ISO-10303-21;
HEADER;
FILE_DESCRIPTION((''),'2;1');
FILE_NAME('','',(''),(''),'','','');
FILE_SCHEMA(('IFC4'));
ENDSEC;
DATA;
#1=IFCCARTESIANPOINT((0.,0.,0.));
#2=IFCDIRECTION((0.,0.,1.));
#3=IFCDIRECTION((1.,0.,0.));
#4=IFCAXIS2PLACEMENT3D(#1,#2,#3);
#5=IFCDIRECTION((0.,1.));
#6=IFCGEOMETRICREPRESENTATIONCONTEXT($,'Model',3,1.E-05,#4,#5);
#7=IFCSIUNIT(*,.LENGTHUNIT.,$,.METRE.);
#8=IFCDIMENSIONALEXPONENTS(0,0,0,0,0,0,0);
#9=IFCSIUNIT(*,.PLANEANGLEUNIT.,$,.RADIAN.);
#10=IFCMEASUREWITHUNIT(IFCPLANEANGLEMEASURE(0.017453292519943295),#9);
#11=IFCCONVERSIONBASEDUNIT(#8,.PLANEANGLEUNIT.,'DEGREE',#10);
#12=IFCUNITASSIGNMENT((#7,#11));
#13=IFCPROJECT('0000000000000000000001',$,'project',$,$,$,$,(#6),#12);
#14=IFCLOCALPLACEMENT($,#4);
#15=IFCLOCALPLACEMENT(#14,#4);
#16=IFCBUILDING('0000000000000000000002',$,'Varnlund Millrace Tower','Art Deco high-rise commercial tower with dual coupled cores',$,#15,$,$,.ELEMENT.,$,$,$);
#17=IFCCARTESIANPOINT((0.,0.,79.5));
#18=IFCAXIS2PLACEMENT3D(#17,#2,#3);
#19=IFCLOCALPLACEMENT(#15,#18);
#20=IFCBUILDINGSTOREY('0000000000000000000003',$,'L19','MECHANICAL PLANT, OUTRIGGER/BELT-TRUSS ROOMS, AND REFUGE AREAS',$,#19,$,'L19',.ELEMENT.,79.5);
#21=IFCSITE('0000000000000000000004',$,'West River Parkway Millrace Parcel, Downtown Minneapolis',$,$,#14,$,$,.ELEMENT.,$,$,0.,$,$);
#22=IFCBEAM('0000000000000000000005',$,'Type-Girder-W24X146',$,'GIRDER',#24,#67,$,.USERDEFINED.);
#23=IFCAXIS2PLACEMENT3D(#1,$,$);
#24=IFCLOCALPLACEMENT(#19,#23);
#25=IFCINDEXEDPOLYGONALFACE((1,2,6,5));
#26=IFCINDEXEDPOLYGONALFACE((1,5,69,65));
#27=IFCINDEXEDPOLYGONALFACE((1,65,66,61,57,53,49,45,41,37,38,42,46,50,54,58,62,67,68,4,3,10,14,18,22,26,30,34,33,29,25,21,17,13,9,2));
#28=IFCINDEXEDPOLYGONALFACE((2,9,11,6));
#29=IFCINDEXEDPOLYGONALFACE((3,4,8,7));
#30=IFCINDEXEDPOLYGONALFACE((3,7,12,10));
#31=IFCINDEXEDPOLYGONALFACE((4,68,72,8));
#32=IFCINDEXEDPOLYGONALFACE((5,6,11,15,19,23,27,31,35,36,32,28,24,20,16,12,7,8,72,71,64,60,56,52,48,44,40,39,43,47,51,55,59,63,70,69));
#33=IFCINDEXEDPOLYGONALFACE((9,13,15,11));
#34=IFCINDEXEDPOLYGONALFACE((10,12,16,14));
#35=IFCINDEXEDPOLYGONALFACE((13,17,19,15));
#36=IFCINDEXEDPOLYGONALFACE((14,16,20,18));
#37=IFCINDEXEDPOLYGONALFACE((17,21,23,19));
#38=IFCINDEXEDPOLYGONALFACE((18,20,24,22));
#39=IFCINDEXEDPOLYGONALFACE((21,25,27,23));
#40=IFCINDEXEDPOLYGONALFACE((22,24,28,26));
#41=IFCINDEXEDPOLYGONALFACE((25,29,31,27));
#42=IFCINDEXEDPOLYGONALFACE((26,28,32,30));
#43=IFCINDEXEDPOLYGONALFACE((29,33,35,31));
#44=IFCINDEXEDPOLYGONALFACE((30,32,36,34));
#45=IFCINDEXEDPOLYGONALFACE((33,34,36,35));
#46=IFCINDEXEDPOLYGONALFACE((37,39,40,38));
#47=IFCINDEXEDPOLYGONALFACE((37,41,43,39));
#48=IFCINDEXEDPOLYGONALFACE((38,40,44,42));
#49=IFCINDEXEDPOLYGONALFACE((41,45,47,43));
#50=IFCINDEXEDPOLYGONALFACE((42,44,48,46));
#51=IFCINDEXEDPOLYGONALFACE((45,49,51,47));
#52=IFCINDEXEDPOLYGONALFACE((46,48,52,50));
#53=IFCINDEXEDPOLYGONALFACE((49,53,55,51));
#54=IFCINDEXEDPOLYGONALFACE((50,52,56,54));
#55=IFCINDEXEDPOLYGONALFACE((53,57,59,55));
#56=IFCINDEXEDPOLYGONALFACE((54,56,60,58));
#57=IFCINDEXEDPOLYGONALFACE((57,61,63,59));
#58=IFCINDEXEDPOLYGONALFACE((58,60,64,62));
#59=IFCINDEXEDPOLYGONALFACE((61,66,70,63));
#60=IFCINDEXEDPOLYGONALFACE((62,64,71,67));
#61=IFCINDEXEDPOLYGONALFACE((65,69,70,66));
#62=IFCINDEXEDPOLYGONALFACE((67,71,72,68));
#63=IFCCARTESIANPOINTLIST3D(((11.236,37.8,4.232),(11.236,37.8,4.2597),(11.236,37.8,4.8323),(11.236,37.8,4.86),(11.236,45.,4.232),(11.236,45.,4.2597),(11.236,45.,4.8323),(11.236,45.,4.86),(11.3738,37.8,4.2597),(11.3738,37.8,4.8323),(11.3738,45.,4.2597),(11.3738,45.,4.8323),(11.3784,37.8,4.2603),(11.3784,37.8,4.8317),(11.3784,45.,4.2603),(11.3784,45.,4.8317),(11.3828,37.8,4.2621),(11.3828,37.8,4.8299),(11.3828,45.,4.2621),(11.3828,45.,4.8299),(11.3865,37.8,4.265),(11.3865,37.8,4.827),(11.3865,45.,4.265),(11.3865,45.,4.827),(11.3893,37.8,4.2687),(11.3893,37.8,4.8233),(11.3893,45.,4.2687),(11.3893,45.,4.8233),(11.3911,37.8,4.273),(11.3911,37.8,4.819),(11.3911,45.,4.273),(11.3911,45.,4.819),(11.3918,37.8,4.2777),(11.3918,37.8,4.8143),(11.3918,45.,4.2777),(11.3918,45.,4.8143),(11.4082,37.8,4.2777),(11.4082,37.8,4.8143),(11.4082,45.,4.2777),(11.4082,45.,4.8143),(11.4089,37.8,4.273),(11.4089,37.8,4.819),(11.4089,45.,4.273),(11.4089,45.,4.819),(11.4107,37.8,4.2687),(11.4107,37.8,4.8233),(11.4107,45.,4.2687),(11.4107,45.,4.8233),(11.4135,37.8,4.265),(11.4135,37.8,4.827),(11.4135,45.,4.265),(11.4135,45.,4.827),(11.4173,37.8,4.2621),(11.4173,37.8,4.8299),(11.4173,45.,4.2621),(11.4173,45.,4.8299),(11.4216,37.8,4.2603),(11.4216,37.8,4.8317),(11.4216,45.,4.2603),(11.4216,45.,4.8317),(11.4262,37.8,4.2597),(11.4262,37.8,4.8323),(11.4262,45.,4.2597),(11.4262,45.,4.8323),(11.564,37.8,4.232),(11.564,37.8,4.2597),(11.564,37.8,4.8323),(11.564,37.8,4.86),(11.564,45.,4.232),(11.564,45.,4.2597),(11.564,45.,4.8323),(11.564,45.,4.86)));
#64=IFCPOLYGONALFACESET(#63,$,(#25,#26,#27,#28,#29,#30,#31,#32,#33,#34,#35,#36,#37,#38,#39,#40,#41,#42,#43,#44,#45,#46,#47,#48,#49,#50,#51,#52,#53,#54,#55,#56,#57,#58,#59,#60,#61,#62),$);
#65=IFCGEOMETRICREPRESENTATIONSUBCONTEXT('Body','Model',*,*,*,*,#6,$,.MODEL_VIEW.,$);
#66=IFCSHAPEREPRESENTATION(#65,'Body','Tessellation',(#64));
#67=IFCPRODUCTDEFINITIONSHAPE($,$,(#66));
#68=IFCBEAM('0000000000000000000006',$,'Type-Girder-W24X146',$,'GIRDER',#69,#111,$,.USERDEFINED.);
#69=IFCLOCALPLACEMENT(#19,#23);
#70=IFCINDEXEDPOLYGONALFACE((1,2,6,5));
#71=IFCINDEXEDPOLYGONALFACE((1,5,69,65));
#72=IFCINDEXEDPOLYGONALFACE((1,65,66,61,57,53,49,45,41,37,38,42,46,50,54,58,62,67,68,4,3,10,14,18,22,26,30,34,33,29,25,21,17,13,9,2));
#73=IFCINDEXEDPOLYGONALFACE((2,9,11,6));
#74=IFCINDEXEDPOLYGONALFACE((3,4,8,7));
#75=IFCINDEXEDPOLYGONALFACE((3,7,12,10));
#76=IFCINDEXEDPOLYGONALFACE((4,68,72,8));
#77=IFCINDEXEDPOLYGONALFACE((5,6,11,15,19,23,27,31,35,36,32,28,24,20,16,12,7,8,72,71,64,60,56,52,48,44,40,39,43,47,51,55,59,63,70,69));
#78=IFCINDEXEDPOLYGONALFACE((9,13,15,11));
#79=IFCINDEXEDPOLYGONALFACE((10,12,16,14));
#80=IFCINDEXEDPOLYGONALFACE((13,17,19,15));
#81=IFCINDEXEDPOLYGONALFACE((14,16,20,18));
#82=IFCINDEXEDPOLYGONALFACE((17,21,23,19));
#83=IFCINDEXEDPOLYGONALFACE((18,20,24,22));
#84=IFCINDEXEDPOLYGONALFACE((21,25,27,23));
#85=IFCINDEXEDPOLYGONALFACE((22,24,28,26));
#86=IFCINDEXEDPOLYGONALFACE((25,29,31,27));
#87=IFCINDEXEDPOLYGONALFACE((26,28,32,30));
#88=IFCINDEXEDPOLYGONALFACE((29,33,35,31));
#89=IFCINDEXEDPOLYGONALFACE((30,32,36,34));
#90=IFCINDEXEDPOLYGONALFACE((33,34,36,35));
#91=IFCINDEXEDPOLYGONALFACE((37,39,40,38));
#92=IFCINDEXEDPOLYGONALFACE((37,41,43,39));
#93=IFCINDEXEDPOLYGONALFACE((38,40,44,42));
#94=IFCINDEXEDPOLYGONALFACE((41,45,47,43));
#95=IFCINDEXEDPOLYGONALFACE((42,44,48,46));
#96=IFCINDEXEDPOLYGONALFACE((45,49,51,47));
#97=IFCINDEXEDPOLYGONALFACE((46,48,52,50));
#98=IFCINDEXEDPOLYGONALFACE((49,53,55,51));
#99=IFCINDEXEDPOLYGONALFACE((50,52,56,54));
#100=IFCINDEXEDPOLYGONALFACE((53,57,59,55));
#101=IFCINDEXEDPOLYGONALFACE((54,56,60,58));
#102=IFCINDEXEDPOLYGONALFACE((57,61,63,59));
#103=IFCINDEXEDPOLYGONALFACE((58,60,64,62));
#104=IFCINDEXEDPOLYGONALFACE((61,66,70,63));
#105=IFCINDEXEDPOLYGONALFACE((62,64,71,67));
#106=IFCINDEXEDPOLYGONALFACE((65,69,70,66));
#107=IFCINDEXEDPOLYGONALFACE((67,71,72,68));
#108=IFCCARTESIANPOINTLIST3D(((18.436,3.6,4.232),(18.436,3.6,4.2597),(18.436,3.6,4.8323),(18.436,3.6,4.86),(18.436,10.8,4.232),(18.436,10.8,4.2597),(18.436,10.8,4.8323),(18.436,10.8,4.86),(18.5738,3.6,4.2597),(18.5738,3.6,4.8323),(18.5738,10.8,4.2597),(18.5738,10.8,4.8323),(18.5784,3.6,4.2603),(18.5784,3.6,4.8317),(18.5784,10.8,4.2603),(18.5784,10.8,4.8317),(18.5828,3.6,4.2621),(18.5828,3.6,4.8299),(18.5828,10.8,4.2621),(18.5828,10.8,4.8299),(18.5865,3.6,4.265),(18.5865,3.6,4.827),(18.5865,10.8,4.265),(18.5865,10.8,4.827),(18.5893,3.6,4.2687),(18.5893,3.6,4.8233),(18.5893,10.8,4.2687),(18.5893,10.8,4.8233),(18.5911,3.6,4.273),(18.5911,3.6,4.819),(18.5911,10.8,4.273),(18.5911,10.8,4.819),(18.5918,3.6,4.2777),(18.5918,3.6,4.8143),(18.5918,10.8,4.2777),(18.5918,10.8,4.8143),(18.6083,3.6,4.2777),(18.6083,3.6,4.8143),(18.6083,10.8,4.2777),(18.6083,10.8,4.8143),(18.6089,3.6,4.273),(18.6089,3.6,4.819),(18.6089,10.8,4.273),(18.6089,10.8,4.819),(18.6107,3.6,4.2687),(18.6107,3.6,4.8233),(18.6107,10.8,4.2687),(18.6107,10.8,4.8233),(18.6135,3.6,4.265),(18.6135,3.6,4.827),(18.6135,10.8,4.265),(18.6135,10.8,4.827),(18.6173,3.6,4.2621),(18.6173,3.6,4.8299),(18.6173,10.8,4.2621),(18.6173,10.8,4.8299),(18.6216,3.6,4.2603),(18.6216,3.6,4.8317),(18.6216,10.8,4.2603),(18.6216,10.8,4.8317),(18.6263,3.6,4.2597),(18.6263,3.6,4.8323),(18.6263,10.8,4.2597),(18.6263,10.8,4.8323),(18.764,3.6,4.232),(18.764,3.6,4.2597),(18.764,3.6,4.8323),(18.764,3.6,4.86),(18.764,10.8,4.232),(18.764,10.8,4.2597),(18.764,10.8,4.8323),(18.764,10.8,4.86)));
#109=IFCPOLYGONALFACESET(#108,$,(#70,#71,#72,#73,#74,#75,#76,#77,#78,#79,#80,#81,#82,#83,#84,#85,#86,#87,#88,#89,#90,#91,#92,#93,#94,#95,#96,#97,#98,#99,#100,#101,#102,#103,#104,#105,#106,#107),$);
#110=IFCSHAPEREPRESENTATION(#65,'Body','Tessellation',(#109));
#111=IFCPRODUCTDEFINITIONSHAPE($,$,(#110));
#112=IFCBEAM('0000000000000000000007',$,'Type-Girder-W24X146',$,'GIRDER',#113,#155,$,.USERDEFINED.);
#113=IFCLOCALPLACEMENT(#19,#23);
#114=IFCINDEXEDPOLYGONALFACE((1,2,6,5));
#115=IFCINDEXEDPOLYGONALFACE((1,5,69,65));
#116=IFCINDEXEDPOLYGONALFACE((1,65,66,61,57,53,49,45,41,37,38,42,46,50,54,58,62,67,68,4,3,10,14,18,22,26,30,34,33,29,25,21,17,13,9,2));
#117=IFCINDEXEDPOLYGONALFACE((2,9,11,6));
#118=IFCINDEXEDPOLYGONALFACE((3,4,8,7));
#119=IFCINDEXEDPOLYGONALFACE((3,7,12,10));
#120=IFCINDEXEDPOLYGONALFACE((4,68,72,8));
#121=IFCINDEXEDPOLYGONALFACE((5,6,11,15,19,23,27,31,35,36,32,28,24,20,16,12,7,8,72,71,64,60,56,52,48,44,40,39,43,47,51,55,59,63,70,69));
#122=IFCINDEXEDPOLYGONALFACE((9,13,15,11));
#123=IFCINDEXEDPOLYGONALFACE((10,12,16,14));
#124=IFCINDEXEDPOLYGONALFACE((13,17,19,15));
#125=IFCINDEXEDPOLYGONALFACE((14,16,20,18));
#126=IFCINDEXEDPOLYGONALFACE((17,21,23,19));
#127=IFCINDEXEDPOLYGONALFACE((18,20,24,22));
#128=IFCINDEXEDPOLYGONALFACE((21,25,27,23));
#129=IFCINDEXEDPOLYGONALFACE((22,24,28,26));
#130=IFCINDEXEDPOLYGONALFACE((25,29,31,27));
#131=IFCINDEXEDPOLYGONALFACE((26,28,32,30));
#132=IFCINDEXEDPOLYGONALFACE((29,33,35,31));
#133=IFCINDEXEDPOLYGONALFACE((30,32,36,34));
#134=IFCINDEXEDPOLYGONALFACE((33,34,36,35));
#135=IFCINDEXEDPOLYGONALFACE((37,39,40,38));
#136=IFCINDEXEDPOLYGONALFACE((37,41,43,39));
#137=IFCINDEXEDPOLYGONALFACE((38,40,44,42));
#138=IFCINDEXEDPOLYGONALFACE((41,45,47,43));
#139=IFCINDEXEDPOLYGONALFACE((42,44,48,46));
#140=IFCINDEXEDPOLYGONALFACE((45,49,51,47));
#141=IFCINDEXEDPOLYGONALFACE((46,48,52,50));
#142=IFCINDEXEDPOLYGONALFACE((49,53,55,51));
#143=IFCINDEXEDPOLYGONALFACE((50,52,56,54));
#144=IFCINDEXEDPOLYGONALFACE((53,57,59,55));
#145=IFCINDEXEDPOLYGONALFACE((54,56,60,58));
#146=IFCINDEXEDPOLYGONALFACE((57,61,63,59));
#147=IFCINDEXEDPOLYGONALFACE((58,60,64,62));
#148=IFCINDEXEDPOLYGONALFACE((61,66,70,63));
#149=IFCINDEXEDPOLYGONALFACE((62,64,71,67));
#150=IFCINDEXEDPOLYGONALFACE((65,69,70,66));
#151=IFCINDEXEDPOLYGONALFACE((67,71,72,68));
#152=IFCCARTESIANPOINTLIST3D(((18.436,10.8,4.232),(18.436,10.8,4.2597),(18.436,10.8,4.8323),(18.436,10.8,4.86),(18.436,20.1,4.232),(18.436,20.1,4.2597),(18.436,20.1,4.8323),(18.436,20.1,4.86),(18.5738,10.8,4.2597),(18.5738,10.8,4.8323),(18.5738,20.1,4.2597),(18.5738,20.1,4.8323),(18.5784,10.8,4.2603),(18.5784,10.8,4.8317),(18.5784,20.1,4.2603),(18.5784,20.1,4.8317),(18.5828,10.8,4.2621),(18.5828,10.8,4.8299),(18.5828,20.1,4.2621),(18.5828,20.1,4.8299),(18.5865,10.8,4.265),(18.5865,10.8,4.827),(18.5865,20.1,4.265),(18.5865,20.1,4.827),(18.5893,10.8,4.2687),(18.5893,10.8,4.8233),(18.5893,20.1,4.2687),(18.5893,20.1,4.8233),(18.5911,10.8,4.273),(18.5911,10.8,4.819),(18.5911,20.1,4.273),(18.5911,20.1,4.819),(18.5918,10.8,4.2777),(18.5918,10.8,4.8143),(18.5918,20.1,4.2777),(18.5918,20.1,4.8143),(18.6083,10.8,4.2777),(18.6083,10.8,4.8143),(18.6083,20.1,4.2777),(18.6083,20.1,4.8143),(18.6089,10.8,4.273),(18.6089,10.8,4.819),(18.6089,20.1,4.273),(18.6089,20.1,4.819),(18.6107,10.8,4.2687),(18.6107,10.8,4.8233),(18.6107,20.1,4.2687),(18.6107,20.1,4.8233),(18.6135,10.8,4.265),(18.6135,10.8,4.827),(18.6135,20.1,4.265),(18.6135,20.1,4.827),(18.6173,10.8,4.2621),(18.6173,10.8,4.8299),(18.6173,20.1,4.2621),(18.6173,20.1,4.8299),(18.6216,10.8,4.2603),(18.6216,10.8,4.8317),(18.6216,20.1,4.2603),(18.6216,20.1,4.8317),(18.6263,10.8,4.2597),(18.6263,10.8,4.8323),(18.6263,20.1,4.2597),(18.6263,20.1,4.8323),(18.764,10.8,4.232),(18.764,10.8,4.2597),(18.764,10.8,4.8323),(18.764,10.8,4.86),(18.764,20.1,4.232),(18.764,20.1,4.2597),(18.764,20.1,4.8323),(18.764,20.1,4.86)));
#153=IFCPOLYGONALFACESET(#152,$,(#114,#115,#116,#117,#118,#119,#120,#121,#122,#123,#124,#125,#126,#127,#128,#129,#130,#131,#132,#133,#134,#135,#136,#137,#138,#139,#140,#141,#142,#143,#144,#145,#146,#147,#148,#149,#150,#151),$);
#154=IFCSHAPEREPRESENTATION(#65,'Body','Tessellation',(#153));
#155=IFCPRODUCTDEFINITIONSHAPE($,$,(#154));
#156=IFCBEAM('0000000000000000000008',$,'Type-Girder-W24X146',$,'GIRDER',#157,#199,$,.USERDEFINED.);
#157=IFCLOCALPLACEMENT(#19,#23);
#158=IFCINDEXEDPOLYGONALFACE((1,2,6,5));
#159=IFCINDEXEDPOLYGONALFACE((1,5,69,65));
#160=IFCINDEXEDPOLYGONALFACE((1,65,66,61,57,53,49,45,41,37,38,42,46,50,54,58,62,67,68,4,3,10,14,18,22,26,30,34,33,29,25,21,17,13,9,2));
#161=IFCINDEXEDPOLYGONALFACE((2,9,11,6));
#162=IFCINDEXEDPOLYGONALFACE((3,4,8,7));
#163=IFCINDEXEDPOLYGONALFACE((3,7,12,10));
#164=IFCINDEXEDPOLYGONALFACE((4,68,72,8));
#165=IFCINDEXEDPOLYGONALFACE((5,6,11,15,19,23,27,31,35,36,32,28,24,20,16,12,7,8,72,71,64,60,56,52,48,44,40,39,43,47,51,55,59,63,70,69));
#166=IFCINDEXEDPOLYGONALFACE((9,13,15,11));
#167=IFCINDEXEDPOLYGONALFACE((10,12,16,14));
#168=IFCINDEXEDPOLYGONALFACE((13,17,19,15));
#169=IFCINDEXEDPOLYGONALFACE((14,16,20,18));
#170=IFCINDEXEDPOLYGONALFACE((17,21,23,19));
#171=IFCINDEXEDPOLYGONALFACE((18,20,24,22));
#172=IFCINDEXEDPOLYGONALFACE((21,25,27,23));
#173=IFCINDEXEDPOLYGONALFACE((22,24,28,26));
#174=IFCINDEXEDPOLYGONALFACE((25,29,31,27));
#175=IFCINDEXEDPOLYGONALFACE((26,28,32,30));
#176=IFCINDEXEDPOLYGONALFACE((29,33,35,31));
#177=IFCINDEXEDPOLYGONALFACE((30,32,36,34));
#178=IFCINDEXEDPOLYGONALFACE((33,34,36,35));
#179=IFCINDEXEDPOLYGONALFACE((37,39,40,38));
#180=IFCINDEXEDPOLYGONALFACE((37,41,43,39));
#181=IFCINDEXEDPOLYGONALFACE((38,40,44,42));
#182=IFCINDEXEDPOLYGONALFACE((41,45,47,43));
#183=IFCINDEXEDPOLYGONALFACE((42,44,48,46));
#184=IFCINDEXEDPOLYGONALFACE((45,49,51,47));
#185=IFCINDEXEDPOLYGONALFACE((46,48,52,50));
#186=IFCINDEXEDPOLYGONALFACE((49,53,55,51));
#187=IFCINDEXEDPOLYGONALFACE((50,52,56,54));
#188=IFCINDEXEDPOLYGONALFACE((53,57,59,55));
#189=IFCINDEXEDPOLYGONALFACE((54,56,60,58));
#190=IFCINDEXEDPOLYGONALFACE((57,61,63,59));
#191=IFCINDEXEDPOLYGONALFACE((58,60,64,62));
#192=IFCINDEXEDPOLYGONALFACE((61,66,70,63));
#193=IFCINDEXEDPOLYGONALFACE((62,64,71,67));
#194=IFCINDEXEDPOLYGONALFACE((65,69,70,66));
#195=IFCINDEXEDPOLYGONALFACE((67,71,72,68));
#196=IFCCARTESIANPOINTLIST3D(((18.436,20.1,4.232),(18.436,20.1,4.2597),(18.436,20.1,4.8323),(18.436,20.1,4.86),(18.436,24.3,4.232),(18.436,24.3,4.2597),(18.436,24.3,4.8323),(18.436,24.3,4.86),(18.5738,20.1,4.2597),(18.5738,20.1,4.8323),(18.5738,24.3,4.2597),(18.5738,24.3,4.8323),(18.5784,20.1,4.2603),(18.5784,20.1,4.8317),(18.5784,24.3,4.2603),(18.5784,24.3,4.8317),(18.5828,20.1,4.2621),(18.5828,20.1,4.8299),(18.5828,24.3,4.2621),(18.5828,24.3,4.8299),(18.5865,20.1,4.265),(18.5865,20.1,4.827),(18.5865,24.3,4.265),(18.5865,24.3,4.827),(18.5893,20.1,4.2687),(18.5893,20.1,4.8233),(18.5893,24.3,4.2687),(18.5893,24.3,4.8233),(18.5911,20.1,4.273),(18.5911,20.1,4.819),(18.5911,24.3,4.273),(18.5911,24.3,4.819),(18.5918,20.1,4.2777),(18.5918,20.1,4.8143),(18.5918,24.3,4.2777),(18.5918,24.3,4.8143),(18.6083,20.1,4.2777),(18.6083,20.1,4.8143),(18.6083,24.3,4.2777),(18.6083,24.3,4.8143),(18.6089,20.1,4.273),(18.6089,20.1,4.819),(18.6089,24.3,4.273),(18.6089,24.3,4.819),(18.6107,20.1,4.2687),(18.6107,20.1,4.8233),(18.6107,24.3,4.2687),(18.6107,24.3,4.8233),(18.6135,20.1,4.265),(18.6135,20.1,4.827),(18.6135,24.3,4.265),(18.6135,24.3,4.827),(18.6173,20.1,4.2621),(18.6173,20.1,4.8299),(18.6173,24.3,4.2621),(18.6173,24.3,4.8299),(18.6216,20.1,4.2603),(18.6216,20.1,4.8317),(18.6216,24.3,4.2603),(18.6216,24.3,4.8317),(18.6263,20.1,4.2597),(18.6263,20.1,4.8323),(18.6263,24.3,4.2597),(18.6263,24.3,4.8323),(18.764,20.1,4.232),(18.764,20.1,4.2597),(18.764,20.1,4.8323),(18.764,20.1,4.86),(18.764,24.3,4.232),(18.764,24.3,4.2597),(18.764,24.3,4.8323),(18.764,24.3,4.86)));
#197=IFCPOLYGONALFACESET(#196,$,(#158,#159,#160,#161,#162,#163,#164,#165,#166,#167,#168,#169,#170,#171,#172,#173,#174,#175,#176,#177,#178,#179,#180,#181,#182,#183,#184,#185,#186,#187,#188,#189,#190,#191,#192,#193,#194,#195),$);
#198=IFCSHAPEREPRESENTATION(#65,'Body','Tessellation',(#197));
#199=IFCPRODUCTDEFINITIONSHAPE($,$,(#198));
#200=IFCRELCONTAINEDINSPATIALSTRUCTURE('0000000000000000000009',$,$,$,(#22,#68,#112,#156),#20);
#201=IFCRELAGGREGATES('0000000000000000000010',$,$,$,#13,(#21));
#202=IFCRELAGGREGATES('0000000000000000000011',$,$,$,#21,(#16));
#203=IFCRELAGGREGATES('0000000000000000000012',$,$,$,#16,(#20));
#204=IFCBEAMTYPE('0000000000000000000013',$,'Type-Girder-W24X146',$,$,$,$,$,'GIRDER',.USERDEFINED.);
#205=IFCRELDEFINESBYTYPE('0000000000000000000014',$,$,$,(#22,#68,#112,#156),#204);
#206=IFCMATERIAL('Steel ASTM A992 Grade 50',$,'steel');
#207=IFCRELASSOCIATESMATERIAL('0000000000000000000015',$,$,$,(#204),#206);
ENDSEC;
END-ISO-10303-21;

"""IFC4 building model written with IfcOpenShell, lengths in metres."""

from ifc_helpers import new_model, entity, si_unit, converted_unit, direction, frame, origin_with_axes, origin_2d_with_axis, place, context, subcontext, project, spatial, i_section, extrude, material, material_profile, profile_set, type_object, element, save


model = new_model("IFC4")

# Units and contexts
model_context = context("Model", 3, precision=1e-05, world=origin_with_axes(), true_north=direction((0.0, 1.0)))
body_context = subcontext(model_context, "Body", "Model", "MODEL_VIEW")
ifc_project = project(units=[si_unit("LENGTHUNIT", "METRE"), converted_unit("PLANEANGLEUNIT", "DEGREE", entity("IfcPlaneAngleMeasure", 0.017453292519943295), si_unit("PLANEANGLEUNIT", "RADIAN"), dimensions=[0, 0, 0, 0, 0, 0, 0])], contexts=[model_context])

# Site, building, storey
site_placement = place(None, origin_with_axes())
site = spatial("IfcSite", under=ifc_project, at=site_placement, Name="West River Parkway Millrace Parcel, Downtown Minneapolis", CompositionType="ELEMENT", RefElevation=0.0)
building_placement = place(site_placement, origin_with_axes())
building = spatial("IfcBuilding", under=site, at=building_placement, Name="Varnlund Millrace Tower", Description="Art Deco high-rise commercial tower with dual coupled cores", CompositionType="ELEMENT")
storey_placement = place(building_placement, frame((0.0, 0.0, 79.5), z_axis=(0.0, 0.0, 1.0), x_axis=(1.0, 0.0, 0.0)))
storey = spatial("IfcBuildingStorey", under=building, at=storey_placement, Name="L19", Description="MECHANICAL PLANT, OUTRIGGER/BELT-TRUSS ROOMS, AND REFUGE AREAS", LongName="L19", CompositionType="ELEMENT", Elevation=79.5)

# Beams
ifc_material_1 = material(Name="Steel ASTM A992 Grade 50", Category="steel")
ifc_material_profile_1 = material_profile(ifc_material_1, i_section(OverallWidth=0.328, OverallDepth=0.628, WebThickness=0.0165, FlangeThickness=0.0277, FilletRadius=0.018, at=origin_2d_with_axis()), Name="Steel ASTM A992 Grade 50")
ifc_profile_set_1 = profile_set([ifc_material_profile_1], Name="Steel ASTM A992 Grade 50")
beam_type_1 = type_object("IfcBeamType", Name="Type-Girder-W24X146", ElementType="GIRDER", PredefinedType="USERDEFINED", material=ifc_profile_set_1)
for number, where, z_axis, x_axis, name in (
    (1, (11.4, 37.8, 4.546), (0.0, 1.0, 0.0), (-1.0, 0.0, 0.0), "Type-Girder-W24X146"),
    (2, (18.6, 3.6, 4.546), (0.0, 1.0, 0.0), (-1.0, 0.0, 0.0), "Type-Girder-W24X146"),
):
    element("IfcBeam", number, at=place(storey_placement, frame(where, z_axis=z_axis, x_axis=x_axis)), inside=storey, type_object=beam_type_1, Name=name, ObjectType="GIRDER", PredefinedType="USERDEFINED", context=body_context, shape_type="SweptSolid", body=[
        extrude(i_section(OverallWidth=0.328, OverallDepth=0.628, WebThickness=0.0165, FlangeThickness=0.0277, FilletRadius=0.018, at=origin_2d_with_axis()), origin_with_axes(), (0.0, 0.0, 1.0), 7.2),
    ])
beam_1_placement = place(storey_placement, frame((18.6, 10.8, 4.546), z_axis=(0.0, 1.0, 0.0), x_axis=(-1.0, 0.0, 0.0)))
element("IfcBeam", 3, at=beam_1_placement, inside=storey, type_object=beam_type_1, Name="Type-Girder-W24X146", ObjectType="GIRDER", PredefinedType="USERDEFINED", context=body_context, shape_type="SweptSolid", body=[
    extrude(i_section(OverallWidth=0.328, OverallDepth=0.628, WebThickness=0.0165, FlangeThickness=0.0277, FilletRadius=0.018, at=origin_2d_with_axis()), origin_with_axes(), (0.0, 0.0, 1.0), 9.3),
])
beam_2_placement = place(storey_placement, frame((18.6, 20.1, 4.546), z_axis=(0.0, 1.0, 0.0), x_axis=(-1.0, 0.0, 0.0)))
element("IfcBeam", 4, at=beam_2_placement, inside=storey, type_object=beam_type_1, Name="Type-Girder-W24X146", ObjectType="GIRDER", PredefinedType="USERDEFINED", context=body_context, shape_type="SweptSolid", body=[
    extrude(i_section(OverallWidth=0.328, OverallDepth=0.628, WebThickness=0.0165, FlangeThickness=0.0277, FilletRadius=0.018, at=origin_2d_with_axis()), origin_with_axes(), (0.0, 0.0, 1.0), 4.2),
])

save(model, "model.ifc")
